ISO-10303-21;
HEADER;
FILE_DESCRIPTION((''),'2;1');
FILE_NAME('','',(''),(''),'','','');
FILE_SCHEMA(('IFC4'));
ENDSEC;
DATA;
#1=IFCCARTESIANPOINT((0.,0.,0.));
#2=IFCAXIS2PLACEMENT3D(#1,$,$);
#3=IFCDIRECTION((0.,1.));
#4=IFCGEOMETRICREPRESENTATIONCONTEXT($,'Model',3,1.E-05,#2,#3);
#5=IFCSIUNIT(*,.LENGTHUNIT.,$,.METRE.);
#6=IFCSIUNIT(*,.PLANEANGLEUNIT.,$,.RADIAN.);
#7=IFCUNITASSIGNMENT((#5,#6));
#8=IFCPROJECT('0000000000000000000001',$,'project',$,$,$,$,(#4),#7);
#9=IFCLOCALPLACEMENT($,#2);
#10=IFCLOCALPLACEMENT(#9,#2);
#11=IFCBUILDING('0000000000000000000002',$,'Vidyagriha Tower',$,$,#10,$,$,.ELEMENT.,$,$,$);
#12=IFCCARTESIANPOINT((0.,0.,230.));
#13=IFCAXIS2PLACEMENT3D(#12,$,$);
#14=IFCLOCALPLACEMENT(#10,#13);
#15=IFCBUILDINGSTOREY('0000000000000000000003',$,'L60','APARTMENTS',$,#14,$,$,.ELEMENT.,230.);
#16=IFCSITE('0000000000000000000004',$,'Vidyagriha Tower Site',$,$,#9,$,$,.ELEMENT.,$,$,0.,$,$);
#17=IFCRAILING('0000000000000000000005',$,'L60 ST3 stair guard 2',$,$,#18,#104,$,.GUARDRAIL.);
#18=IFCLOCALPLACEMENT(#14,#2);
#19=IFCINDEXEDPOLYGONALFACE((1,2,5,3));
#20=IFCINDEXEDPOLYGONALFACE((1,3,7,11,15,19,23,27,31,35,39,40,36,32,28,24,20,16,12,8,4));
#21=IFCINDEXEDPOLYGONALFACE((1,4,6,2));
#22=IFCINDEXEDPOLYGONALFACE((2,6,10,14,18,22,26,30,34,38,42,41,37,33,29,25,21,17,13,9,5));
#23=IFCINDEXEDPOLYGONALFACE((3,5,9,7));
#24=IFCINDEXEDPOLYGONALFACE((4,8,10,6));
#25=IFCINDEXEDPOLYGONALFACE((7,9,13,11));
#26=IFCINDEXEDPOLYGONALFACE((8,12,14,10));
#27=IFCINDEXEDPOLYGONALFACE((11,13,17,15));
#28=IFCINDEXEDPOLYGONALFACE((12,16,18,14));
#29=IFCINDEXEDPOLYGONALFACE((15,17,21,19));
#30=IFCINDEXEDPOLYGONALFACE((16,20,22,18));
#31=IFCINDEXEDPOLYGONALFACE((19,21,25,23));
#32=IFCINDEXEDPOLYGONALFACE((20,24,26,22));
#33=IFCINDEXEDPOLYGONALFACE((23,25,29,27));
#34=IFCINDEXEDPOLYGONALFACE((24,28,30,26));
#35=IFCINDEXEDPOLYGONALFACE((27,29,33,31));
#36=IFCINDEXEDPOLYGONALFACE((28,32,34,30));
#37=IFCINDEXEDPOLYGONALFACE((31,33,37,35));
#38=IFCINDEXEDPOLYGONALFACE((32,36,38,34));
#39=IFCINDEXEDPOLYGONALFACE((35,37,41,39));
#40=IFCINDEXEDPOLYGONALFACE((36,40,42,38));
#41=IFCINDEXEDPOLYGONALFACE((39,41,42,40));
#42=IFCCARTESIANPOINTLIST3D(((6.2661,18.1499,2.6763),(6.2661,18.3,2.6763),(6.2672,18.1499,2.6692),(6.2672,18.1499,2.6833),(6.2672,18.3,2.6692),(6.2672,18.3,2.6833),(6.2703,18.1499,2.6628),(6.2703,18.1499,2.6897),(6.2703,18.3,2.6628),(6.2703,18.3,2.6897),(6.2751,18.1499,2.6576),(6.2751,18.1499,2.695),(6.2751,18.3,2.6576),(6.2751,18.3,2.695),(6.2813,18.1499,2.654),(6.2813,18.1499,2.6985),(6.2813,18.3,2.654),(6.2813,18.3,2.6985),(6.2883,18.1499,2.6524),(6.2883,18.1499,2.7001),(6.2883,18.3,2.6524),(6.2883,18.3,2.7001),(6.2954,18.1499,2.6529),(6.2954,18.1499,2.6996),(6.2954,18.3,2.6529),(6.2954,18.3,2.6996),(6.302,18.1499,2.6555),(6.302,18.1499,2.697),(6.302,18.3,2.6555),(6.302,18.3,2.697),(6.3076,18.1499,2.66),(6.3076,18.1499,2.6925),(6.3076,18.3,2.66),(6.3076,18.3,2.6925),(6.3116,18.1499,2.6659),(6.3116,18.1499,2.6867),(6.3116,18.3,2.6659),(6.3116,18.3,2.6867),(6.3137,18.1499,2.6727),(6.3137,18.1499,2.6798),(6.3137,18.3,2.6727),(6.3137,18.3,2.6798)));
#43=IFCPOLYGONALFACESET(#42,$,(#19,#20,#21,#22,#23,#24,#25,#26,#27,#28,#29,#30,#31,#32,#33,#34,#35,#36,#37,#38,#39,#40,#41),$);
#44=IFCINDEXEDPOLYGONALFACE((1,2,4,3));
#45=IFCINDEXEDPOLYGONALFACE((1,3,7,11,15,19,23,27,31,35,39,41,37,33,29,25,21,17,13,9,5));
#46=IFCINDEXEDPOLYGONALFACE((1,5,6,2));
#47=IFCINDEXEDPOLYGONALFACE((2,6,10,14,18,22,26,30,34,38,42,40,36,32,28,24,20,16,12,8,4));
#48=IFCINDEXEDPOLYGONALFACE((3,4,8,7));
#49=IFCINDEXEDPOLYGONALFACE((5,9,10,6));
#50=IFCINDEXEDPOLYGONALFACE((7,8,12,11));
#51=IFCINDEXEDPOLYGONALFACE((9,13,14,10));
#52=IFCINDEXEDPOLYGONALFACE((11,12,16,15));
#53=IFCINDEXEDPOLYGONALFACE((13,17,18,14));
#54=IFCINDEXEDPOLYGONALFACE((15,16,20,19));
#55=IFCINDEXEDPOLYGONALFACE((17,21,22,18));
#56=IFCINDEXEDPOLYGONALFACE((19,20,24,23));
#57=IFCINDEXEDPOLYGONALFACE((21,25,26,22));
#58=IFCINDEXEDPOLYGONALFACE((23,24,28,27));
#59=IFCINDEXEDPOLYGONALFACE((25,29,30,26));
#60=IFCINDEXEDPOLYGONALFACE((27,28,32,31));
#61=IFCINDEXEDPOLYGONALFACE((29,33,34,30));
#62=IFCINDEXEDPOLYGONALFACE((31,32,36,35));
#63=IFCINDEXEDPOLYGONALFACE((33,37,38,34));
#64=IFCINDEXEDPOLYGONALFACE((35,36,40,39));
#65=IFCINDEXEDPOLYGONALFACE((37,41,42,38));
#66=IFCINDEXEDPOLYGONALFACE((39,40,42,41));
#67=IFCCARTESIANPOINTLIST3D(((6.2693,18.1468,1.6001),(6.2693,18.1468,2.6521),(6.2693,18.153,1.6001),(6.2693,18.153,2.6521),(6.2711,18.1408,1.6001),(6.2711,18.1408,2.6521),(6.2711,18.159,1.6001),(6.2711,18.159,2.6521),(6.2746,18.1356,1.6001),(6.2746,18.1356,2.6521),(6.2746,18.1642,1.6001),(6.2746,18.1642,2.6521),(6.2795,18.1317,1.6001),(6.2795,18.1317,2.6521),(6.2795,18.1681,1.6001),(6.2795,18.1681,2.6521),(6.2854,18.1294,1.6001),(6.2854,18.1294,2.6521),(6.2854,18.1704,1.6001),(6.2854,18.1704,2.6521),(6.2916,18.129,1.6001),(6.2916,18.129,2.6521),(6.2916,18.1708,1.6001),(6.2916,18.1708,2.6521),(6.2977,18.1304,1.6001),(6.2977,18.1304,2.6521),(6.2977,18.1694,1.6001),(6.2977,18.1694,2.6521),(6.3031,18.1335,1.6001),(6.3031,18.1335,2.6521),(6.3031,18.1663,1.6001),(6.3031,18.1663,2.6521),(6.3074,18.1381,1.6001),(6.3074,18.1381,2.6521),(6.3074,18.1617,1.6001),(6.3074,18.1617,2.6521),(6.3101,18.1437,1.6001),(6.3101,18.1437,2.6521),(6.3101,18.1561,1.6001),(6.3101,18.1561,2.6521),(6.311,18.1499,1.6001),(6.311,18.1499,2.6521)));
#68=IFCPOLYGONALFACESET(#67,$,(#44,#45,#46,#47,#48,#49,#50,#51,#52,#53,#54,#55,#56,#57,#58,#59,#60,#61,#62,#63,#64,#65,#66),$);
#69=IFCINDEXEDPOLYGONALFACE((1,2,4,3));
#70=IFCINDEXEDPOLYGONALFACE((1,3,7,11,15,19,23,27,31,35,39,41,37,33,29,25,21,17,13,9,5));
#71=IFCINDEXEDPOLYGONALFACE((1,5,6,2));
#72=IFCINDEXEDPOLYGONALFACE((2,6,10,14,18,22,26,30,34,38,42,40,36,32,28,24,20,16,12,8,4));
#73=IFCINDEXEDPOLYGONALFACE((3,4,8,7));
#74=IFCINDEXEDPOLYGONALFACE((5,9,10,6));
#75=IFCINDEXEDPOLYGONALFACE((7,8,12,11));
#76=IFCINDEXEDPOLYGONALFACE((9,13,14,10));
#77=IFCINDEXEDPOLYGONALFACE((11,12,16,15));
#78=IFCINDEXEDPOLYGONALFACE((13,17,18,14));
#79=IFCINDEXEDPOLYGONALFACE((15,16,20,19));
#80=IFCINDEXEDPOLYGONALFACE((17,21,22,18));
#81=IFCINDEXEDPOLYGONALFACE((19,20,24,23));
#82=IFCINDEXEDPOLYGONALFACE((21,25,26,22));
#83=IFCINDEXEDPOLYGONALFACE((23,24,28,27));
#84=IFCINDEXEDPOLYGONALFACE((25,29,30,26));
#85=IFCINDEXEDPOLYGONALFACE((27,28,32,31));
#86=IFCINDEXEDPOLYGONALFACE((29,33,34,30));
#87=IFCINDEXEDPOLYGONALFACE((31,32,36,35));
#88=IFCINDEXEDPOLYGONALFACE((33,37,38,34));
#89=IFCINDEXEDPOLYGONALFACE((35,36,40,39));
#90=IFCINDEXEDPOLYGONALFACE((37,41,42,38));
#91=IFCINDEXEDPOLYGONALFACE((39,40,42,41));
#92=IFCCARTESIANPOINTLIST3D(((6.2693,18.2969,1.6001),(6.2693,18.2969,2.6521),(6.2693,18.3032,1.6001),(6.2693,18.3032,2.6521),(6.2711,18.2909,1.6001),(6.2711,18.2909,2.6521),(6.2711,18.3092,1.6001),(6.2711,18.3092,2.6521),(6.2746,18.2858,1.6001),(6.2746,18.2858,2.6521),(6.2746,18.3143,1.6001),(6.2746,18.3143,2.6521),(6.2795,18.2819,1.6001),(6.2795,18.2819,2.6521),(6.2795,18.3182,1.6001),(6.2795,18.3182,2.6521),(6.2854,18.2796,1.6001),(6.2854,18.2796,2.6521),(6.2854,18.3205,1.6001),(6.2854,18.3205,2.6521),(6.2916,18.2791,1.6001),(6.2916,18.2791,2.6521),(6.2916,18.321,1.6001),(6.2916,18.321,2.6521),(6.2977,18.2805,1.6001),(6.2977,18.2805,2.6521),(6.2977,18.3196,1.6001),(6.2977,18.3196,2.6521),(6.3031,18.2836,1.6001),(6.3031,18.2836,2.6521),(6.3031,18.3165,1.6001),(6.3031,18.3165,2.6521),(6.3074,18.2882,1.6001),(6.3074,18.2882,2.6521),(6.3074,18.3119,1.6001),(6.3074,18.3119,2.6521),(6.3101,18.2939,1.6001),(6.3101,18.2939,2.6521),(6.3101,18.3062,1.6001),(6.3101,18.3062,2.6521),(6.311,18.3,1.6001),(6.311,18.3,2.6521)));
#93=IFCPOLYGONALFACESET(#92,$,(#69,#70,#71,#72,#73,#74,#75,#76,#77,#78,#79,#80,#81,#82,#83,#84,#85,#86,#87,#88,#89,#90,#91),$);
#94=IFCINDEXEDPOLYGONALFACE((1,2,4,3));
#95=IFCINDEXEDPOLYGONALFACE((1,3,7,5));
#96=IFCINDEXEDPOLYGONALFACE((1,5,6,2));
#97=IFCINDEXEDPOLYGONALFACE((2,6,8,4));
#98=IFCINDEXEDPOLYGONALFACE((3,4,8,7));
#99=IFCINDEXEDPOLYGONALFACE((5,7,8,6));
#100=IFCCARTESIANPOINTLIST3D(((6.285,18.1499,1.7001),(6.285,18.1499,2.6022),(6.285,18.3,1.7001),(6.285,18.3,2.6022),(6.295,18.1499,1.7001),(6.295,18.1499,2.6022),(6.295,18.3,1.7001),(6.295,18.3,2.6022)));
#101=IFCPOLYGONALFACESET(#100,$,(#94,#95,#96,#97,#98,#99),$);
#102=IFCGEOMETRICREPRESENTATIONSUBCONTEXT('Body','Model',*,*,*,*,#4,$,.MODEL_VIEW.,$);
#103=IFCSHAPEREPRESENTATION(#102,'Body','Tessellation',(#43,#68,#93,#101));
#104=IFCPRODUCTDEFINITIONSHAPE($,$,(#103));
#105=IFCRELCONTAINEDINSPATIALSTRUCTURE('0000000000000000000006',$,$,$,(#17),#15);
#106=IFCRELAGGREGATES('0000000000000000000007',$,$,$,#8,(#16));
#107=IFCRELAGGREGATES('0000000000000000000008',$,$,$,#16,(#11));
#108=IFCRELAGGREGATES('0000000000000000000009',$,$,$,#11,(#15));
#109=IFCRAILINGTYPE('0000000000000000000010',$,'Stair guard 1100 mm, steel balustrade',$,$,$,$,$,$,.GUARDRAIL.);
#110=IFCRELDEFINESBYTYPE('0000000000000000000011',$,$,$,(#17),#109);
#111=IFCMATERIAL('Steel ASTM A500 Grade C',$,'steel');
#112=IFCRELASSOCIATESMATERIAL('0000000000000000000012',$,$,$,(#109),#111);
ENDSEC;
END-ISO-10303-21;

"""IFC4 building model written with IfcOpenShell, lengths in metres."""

from ifc_helpers import new_model, si_unit, direction, frame, origin, origin_2d, place, context, subcontext, project, spatial, rectangle, circle, extrude, material, type_object, element, save


model = new_model("IFC4")

# Units and contexts
model_context = context("Model", 3, precision=1e-05, world=origin(), true_north=direction((0.0, 1.0)))
body_context = subcontext(model_context, "Body", "Model", "MODEL_VIEW")
ifc_project = project(units=[si_unit("LENGTHUNIT", "METRE"), si_unit("PLANEANGLEUNIT", "RADIAN")], contexts=[model_context])

# Site, building, storey
site_placement = place(None, origin())
site = spatial("IfcSite", under=ifc_project, at=site_placement, Name="Vidyagriha Tower Site", CompositionType="ELEMENT", RefElevation=0.0)
building_placement = place(site_placement, origin())
building = spatial("IfcBuilding", under=site, at=building_placement, Name="Vidyagriha Tower", CompositionType="ELEMENT")
storey_placement = place(building_placement, frame((0.0, 0.0, 230.0)))
storey = spatial("IfcBuildingStorey", under=building, at=storey_placement, Name="L60", Description="APARTMENTS", CompositionType="ELEMENT", Elevation=230.0)

# Railing
ifc_material_1 = material(Name="Steel ASTM A500 Grade C", Category="steel")
railing_type_1 = type_object("IfcRailingType", Name="Stair guard 1100 mm, steel balustrade", PredefinedType="GUARDRAIL", material=ifc_material_1)
railing_1_placement = place(storey_placement, frame((6.29, 18.1499, 1.6001)))
element("IfcRailing", 1, at=railing_1_placement, inside=storey, type_object=railing_type_1, Name="L60 ST3 stair guard 2", PredefinedType="GUARDRAIL", context=body_context, shape_type="SweptSolid", body=[
    extrude(circle(Radius=0.0239, at=origin_2d()), frame((0.0, 0.0, 1.0762), z_axis=(0.0, 1.0, 0.0), x_axis=(-1.0, 0.0, 0.0)), (0.0, 0.0, 1.0), 0.1501),
    extrude(circle(Radius=0.021, at=origin_2d()), origin(), (0.0, 0.0, 1.0), 1.052),
    extrude(circle(Radius=0.021, at=origin_2d()), frame((0.0, 0.1501, 0.0)), (0.0, 0.0, 1.0), 1.052),
    extrude(rectangle(XDim=0.01, YDim=0.9021, at=origin_2d()), frame((0.0, 0.0, 0.551), z_axis=(0.0, 1.0, 0.0), x_axis=(-1.0, 0.0, 0.0)), (0.0, 0.0, 1.0), 0.1501),
])

save(model, "model.ifc")
